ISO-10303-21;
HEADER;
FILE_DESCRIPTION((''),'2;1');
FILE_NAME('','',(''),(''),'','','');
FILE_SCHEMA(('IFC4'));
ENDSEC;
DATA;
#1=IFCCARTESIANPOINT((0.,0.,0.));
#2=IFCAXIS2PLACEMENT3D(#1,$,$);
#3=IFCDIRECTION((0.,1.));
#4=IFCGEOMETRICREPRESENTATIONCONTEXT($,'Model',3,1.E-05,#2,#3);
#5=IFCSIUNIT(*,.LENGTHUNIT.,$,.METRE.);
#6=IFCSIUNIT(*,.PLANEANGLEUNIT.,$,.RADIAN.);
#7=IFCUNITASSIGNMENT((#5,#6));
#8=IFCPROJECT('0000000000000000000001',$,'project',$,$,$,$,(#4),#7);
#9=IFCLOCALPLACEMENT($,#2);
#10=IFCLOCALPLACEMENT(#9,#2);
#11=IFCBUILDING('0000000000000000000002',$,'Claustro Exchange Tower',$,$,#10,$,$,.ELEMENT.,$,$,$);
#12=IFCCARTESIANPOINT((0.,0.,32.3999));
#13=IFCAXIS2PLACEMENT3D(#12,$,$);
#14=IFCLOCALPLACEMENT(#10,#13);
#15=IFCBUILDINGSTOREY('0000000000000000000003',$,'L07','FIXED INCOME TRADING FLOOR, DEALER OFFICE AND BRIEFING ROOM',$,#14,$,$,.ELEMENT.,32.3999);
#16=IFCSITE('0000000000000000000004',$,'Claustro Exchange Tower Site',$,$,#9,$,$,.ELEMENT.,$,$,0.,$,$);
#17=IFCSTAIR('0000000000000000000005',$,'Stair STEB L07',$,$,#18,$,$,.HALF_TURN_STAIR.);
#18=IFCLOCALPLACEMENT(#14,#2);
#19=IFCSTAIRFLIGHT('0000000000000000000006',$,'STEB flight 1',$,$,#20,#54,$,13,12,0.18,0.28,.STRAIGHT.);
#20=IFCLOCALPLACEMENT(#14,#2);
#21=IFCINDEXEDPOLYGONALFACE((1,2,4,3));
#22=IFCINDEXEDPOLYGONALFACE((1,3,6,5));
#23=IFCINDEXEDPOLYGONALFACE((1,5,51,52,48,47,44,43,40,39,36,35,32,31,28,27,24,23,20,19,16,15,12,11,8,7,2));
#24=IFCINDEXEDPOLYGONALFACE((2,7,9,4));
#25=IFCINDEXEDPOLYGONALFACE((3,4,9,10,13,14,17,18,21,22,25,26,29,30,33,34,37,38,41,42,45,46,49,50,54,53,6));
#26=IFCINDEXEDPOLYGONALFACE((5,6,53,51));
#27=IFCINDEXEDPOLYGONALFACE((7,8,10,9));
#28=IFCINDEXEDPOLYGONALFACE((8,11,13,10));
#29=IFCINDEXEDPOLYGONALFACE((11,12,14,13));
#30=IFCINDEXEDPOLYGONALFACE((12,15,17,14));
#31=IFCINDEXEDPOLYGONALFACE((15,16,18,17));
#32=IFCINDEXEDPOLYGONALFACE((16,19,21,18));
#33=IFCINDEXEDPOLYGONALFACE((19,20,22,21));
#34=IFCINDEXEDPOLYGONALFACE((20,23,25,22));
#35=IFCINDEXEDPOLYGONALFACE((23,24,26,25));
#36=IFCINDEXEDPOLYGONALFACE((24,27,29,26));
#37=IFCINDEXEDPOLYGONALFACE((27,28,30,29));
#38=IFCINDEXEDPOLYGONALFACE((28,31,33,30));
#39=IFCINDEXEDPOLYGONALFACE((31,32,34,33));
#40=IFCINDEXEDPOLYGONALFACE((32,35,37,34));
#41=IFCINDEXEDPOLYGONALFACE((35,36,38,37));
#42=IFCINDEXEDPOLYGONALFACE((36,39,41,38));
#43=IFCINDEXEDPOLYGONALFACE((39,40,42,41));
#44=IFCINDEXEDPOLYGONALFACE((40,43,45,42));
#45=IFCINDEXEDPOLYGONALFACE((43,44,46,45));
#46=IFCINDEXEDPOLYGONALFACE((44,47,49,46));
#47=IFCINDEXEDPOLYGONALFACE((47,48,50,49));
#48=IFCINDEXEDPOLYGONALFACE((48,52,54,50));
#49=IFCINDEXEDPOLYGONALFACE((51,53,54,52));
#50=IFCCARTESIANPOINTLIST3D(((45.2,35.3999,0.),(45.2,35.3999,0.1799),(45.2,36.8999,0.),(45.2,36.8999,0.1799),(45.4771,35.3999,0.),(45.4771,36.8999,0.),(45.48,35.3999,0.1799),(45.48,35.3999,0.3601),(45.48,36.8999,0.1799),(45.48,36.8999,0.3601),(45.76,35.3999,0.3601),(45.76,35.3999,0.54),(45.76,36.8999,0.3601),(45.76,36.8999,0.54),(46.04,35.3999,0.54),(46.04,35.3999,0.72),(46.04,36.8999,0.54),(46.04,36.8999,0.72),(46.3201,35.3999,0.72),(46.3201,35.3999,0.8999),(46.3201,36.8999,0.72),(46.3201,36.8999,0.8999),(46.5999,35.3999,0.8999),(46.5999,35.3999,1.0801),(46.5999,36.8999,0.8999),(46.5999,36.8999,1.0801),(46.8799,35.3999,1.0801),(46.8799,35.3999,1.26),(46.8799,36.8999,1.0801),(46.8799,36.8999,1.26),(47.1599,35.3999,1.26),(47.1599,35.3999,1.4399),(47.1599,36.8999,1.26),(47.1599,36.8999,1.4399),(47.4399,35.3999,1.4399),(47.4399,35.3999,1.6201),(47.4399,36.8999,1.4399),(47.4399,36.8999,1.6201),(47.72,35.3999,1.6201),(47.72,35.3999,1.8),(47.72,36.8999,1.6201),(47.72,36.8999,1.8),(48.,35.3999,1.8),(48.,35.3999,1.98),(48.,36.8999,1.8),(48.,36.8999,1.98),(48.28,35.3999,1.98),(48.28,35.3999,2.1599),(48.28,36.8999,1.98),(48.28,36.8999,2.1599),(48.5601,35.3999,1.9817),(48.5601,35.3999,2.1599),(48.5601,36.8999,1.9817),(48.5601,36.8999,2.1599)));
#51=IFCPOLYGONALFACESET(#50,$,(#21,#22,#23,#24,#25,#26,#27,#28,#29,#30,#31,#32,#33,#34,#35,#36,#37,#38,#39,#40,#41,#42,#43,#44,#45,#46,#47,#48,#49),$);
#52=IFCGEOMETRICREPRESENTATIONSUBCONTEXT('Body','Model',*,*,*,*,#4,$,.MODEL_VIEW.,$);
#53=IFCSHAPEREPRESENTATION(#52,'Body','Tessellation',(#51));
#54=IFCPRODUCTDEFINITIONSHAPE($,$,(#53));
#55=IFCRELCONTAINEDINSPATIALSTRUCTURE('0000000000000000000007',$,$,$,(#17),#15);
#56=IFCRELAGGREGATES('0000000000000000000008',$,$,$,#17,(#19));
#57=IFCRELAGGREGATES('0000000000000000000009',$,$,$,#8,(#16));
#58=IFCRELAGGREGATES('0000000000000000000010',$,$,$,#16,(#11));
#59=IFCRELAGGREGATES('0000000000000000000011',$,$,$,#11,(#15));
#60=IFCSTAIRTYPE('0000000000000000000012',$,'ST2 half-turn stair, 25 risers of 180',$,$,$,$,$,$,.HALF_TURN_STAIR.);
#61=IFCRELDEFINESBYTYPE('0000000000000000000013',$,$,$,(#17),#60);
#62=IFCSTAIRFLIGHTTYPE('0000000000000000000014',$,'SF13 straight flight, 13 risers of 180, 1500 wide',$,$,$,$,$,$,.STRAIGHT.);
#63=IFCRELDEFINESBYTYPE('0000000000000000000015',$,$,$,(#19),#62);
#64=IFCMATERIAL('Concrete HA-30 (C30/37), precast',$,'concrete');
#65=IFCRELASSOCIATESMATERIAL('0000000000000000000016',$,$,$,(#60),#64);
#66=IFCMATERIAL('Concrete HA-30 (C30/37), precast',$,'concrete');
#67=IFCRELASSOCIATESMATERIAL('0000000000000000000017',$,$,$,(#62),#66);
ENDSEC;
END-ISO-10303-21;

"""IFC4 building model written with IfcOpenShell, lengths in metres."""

from ifc_helpers import new_model, si_unit, direction, frame, origin, place, context, subcontext, project, spatial, polyline, outline, extrude, material, type_object, element, aggregate, save


model = new_model("IFC4")

# Units and contexts
model_context = context("Model", 3, precision=1e-05, world=origin(), true_north=direction((0.0, 1.0)))
body_context = subcontext(model_context, "Body", "Model", "MODEL_VIEW")
ifc_project = project(units=[si_unit("LENGTHUNIT", "METRE"), si_unit("PLANEANGLEUNIT", "RADIAN")], contexts=[model_context])

# Site, building, storey
site_placement = place(None, origin())
site = spatial("IfcSite", under=ifc_project, at=site_placement, Name="Claustro Exchange Tower Site", CompositionType="ELEMENT", RefElevation=0.0)
building_placement = place(site_placement, origin())
building = spatial("IfcBuilding", under=site, at=building_placement, Name="Claustro Exchange Tower", CompositionType="ELEMENT")
storey_placement = place(building_placement, frame((0.0, 0.0, 32.3999)))
storey = spatial("IfcBuildingStorey", under=building, at=storey_placement, Name="L07", Description="FIXED INCOME TRADING FLOOR, DEALER OFFICE AND BRIEFING ROOM", CompositionType="ELEMENT", Elevation=32.3999)

# Stair, stair flight
ifc_material_1 = material(Name="Concrete HA-30 (C30/37), precast", Category="concrete")
stair_type = type_object("IfcStairType", Name="ST2 half-turn stair, 25 risers of 180", PredefinedType="HALF_TURN_STAIR", material=ifc_material_1)
stair_placement = place(storey_placement, origin())
stair = element("IfcStair", 1, at=stair_placement, inside=storey, type_object=stair_type, Name="Stair STEB L07", PredefinedType="HALF_TURN_STAIR")
ifc_material_2 = material(Name="Concrete HA-30 (C30/37), precast", Category="concrete")
stair_flight_type_1 = type_object("IfcStairFlightType", Name="SF13 straight flight, 13 risers of 180, 1500 wide", PredefinedType="STRAIGHT", material=ifc_material_2)
stair_flight_1_placement = place(storey_placement, frame((45.2, 36.1499, 0.0), z_axis=(0.0, 0.0, 1.0), x_axis=(1.0, 0.0, 0.0)))
stair_flight_1 = element("IfcStairFlight", 2, at=stair_flight_1_placement, type_object=stair_flight_type_1, Name="STEB flight 1", NumberOfRisers=13, NumberOfTreads=12, PredefinedType="STRAIGHT", RiserHeight=0.18, TreadLength=0.28, context=body_context, shape_type="SweptSolid", body=[
    extrude(outline(polyline([(0.0, 0.0), (0.0, 0.1799), (0.28, 0.1799), (0.28, 0.3601), (0.5601, 0.3601), (0.5601, 0.54), (0.8401, 0.54), (0.8401, 0.72), (1.1201, 0.72), (1.1201, 0.8999), (1.3999, 0.8999), (1.3999, 1.0801), (1.6799, 1.0801), (1.6799, 1.26), (1.96, 1.26), (1.96, 1.4399), (2.24, 1.4399), (2.24, 1.6201), (2.52, 1.6201), (2.52, 1.8), (2.8, 1.8), (2.8, 1.98), (3.0801, 1.98), (3.0801, 2.1599), (3.3601, 2.1599), (3.3601, 2.3401), (3.3601, 1.9817), (0.2771, 0.0), (0.0, 0.0)])), frame((0.0, 0.75, 0.0), z_axis=(0.0, -1.0, 0.0), x_axis=(1.0, 0.0, 0.0)), (0.0, 0.0, 1.0), 1.5),
])
aggregate(stair, [stair_flight_1])

save(model, "model.ifc")
